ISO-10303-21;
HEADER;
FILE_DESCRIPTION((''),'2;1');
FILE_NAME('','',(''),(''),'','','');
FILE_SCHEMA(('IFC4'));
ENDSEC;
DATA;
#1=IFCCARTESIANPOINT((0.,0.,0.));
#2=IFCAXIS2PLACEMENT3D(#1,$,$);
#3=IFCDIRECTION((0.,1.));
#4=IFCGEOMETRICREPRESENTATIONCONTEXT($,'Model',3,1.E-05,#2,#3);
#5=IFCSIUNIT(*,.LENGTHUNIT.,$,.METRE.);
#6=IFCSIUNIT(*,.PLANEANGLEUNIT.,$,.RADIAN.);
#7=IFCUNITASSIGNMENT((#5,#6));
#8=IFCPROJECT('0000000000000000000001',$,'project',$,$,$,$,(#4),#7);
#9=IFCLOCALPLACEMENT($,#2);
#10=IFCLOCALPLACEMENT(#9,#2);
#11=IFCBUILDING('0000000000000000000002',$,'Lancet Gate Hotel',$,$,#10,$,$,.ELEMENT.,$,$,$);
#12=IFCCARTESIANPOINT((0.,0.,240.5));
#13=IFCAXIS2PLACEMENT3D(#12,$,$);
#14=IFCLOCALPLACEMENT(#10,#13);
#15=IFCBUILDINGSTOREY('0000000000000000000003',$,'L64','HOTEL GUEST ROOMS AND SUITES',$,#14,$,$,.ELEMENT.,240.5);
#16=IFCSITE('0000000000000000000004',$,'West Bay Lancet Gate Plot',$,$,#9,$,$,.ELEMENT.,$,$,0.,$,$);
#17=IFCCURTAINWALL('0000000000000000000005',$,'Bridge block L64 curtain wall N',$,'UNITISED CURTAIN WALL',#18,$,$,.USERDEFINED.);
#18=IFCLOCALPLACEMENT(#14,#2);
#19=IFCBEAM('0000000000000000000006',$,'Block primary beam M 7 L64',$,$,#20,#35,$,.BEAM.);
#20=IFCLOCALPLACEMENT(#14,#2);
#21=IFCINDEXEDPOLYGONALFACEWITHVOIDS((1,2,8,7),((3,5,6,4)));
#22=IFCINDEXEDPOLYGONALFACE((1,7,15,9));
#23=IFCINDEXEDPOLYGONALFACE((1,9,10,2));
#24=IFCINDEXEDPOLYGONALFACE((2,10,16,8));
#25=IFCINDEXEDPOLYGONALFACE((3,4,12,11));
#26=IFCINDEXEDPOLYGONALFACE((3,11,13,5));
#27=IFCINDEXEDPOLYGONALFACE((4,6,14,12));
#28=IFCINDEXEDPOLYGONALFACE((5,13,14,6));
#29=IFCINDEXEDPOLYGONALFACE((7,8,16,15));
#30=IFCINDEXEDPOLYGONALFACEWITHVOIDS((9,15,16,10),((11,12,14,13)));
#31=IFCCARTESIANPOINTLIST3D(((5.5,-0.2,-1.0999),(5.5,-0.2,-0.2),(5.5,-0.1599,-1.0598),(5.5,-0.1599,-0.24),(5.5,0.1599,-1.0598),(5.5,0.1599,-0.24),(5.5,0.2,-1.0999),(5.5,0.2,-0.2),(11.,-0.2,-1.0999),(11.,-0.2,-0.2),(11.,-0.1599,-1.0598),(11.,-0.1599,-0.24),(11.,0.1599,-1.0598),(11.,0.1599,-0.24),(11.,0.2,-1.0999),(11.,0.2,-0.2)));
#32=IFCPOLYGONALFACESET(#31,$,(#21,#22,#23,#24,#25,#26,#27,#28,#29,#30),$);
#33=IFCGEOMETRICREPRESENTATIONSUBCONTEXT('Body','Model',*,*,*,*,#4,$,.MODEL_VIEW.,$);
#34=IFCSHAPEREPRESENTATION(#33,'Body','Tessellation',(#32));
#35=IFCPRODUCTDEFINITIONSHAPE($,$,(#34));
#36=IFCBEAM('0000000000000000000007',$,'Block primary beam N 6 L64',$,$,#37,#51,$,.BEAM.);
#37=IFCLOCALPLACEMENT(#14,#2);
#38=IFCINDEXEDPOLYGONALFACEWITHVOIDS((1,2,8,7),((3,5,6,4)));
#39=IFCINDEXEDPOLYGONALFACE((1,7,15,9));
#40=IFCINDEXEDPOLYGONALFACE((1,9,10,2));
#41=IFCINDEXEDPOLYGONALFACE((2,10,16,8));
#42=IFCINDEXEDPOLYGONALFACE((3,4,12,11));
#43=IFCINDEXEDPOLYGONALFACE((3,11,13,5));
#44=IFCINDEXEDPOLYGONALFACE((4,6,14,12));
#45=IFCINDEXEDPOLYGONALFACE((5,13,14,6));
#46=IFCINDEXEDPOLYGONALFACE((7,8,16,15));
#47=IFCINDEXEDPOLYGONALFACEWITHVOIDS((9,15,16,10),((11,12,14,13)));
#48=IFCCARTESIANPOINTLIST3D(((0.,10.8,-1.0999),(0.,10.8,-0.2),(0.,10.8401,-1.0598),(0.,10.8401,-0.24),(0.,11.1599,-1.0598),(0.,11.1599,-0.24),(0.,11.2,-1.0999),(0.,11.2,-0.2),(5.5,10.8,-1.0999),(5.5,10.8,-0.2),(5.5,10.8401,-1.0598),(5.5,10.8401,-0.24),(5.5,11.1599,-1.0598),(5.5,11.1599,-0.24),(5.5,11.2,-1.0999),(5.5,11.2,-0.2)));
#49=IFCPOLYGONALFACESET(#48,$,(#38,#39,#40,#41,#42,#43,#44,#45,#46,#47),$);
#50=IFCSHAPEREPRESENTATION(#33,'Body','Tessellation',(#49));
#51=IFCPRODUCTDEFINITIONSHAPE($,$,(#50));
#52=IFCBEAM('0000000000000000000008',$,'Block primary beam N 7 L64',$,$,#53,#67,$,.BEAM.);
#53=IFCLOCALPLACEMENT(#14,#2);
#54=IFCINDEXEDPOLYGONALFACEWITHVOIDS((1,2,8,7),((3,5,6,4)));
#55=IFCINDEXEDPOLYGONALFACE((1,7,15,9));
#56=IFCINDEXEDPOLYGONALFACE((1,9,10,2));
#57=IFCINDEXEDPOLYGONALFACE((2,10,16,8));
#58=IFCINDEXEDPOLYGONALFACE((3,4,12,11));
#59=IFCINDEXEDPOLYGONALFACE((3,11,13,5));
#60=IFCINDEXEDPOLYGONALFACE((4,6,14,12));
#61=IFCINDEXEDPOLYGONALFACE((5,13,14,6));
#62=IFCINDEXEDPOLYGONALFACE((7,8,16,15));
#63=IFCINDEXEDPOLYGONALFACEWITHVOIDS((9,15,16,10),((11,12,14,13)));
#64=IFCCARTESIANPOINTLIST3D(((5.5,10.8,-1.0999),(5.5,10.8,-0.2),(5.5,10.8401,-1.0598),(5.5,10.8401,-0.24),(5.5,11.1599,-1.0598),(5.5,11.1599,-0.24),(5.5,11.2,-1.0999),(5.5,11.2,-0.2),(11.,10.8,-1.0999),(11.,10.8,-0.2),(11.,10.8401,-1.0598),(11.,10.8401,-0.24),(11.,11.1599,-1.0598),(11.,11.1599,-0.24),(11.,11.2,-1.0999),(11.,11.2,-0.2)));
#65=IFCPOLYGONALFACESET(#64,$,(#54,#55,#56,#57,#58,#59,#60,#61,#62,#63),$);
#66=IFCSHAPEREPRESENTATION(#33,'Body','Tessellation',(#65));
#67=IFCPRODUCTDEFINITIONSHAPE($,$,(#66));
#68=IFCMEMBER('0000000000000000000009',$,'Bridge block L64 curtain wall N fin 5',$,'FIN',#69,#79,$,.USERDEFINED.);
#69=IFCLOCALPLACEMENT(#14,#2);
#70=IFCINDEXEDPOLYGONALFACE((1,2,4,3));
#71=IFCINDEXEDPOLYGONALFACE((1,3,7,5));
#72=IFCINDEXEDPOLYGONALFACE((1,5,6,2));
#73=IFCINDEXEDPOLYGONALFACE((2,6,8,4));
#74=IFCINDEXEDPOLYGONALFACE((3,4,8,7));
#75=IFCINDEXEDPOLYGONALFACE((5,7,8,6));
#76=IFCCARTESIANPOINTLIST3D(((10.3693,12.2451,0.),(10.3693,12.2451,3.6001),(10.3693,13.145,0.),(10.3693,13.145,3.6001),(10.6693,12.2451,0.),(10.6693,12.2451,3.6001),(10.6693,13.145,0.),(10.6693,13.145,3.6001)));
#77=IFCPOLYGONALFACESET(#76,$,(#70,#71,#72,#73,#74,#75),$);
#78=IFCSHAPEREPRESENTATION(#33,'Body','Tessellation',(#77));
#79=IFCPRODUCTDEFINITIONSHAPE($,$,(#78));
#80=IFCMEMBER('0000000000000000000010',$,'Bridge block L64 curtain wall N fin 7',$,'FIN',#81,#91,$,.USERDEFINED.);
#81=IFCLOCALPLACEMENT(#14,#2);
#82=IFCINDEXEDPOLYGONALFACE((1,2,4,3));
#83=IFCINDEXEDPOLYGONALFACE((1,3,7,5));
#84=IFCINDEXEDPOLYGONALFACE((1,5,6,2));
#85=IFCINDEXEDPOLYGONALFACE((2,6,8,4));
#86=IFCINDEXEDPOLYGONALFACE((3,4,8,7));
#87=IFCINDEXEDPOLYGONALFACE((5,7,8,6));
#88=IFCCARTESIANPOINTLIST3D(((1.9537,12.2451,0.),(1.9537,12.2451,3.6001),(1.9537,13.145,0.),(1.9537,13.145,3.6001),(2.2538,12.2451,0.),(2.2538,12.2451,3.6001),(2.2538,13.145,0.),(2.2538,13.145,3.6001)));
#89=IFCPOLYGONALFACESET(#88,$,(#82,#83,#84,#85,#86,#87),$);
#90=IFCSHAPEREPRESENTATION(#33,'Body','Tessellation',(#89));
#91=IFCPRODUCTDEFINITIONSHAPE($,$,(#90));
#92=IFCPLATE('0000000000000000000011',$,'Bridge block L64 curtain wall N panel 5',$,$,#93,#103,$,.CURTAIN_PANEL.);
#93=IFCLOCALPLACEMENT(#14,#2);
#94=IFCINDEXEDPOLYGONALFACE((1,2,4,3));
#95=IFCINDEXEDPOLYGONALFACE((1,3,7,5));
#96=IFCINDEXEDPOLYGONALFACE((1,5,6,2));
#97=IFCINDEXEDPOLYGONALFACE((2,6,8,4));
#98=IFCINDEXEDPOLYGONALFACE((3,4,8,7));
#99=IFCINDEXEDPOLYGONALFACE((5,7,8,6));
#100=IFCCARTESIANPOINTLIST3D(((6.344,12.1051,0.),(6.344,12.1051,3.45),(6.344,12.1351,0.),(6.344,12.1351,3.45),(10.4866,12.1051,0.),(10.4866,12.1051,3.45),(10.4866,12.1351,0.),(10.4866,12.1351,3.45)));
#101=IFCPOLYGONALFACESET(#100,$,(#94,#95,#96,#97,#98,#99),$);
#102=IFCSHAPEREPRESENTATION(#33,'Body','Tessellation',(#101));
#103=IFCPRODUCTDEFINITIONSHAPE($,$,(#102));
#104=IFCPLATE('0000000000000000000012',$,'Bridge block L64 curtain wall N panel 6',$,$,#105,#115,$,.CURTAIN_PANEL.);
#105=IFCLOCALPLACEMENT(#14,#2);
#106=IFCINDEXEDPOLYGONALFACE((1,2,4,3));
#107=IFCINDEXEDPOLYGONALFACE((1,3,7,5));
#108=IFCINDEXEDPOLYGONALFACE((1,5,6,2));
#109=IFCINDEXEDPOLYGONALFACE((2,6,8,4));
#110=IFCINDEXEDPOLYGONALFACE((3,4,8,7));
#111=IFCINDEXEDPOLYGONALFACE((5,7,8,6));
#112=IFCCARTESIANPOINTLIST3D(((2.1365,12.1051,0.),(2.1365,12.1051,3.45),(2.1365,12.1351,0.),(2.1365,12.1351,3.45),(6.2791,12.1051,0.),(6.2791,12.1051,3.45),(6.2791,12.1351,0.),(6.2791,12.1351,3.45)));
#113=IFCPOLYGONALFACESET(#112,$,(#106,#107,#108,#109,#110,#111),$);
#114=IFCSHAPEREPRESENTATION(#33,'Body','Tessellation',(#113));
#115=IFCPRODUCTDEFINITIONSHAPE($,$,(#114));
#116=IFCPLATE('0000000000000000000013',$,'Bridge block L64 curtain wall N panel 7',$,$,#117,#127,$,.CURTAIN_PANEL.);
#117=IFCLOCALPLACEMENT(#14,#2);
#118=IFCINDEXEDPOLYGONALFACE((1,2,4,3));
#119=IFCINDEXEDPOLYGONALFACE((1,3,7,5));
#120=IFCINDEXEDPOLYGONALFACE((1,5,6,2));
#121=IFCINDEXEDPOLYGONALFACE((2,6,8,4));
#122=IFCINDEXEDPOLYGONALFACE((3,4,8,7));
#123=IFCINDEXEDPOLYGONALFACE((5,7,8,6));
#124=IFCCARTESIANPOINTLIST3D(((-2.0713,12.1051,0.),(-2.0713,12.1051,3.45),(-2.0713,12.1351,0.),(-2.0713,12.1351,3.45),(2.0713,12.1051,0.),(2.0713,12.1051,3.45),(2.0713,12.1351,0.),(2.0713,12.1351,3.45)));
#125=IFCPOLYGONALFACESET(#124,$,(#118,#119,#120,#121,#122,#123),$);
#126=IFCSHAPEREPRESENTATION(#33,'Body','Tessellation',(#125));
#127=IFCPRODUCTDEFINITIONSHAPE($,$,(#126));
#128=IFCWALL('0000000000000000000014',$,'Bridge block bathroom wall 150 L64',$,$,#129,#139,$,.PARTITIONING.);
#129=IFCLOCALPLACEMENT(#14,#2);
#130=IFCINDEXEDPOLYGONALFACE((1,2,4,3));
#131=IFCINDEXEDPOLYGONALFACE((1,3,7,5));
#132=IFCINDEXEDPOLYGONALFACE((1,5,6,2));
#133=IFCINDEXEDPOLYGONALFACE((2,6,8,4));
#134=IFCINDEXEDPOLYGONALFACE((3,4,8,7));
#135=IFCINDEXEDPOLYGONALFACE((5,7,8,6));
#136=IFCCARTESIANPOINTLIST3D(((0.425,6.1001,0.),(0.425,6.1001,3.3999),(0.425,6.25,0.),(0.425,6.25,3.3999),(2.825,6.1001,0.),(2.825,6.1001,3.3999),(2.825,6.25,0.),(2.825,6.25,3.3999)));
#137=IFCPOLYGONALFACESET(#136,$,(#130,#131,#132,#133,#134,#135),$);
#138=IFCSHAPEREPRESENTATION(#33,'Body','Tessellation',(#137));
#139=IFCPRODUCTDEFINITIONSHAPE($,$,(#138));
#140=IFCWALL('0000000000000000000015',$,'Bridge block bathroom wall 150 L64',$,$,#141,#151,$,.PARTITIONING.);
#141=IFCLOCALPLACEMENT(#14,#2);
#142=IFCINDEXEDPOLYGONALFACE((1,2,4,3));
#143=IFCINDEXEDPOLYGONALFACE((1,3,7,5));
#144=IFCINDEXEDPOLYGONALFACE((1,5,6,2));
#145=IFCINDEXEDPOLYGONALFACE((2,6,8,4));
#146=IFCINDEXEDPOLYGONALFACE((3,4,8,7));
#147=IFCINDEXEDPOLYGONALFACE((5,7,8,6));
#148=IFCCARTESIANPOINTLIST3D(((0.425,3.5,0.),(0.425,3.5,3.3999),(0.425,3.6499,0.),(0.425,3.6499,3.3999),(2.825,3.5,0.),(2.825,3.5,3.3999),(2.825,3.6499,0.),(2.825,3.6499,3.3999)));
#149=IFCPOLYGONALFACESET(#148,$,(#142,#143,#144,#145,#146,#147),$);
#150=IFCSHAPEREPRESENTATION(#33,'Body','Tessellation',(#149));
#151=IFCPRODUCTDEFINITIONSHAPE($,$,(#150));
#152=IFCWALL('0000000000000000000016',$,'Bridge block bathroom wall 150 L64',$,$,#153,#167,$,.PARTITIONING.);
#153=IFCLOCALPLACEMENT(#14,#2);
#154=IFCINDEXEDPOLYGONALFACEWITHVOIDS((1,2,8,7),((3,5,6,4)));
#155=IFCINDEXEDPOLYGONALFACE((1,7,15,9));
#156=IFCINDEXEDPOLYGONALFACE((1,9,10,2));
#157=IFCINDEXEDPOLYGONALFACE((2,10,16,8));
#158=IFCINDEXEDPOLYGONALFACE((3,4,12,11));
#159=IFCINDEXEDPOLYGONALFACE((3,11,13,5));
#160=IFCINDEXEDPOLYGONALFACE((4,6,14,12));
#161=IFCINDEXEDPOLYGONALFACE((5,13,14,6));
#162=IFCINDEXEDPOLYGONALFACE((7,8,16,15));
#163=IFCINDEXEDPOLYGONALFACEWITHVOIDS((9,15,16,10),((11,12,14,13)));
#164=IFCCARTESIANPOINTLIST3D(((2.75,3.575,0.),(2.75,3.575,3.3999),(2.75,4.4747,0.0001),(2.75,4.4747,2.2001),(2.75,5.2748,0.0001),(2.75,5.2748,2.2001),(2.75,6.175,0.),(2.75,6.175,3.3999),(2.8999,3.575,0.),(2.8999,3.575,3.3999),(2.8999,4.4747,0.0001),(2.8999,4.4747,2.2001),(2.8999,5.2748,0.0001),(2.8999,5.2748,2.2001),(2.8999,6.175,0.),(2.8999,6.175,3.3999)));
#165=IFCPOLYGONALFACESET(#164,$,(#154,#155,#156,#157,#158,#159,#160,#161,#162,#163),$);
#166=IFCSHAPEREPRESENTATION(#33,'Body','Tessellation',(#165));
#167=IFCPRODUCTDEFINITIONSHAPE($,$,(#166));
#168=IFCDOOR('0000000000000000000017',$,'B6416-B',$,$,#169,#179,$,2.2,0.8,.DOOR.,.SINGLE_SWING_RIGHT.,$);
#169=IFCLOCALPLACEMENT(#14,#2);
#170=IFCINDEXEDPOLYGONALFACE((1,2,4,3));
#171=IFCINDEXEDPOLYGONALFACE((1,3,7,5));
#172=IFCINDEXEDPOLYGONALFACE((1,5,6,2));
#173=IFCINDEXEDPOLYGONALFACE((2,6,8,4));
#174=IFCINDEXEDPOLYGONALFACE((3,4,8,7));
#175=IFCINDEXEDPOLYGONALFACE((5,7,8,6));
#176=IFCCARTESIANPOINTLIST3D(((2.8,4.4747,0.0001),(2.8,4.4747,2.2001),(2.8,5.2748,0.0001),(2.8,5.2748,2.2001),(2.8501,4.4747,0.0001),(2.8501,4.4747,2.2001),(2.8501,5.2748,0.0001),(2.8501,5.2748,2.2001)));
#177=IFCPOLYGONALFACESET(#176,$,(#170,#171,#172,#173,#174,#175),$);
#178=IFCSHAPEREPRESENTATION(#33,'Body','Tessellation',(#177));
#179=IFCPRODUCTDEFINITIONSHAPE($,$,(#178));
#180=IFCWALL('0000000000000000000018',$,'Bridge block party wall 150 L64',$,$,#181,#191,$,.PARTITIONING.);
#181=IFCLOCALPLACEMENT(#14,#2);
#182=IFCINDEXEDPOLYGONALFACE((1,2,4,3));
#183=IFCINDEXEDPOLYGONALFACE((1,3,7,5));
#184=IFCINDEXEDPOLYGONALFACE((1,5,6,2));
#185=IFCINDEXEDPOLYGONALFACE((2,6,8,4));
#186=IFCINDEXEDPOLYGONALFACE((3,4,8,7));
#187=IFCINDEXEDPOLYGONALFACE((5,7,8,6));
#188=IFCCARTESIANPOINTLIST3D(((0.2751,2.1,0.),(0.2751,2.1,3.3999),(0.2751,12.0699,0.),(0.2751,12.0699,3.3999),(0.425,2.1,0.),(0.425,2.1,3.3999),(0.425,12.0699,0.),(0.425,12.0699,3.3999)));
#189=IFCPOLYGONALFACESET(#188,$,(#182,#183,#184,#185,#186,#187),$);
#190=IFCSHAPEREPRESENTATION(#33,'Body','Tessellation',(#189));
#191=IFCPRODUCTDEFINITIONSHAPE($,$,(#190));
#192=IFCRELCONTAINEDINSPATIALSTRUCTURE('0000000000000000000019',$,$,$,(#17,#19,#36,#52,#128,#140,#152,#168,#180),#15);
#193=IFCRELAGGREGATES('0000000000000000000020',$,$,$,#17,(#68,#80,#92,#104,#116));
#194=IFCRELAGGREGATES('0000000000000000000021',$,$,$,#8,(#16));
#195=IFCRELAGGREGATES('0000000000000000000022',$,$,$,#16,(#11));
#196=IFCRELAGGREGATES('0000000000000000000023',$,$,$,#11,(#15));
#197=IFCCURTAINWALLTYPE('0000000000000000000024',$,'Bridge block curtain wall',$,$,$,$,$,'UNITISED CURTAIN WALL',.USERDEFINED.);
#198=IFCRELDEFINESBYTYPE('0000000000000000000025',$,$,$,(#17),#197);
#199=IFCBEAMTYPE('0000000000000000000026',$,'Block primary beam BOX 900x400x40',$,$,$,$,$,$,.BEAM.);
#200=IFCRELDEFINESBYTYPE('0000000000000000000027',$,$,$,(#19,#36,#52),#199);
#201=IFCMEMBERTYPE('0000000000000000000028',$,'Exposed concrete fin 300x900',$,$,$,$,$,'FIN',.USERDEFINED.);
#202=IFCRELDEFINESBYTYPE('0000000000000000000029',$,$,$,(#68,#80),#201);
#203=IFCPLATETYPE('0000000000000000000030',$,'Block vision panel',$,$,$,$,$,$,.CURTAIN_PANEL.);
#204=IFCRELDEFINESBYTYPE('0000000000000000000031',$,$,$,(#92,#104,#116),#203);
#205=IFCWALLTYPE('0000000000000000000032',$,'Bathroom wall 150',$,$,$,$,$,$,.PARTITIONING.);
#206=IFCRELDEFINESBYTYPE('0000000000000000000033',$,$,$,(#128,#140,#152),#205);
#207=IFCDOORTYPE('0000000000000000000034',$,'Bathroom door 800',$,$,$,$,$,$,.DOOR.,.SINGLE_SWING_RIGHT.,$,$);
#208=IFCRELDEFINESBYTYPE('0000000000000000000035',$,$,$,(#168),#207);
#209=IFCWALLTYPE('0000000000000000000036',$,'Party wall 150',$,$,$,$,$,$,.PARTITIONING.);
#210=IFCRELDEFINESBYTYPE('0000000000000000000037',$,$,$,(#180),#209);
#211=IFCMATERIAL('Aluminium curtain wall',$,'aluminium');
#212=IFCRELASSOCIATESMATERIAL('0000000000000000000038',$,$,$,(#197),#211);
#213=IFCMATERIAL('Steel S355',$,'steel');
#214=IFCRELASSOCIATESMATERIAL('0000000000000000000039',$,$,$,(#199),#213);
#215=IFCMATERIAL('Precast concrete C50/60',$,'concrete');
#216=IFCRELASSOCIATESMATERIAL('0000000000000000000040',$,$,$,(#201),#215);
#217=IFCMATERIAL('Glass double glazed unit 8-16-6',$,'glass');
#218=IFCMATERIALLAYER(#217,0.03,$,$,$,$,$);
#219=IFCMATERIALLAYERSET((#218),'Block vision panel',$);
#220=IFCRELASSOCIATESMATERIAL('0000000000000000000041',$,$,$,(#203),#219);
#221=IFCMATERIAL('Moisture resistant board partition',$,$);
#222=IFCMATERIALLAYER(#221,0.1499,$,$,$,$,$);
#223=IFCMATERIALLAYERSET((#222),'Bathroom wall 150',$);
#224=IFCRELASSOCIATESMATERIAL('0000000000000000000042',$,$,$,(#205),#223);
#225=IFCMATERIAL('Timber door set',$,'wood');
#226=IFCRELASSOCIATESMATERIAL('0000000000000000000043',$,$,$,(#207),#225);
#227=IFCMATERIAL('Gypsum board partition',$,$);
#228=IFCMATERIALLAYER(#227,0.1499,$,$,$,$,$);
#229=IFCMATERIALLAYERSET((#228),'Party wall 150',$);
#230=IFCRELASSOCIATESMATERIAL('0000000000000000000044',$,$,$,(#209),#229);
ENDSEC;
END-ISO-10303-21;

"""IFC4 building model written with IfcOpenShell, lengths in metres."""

from ifc_helpers import new_model, si_unit, direction, frame, frame_2d, origin, origin_2d, place, context, subcontext, project, spatial, rectangle, hollow_rectangle, extrude, material, layer, layer_set, material_profile, profile_set, type_object, element, fill, aggregate, save


model = new_model("IFC4")

# Units and contexts
model_context = context("Model", 3, precision=1e-05, world=origin(), true_north=direction((0.0, 1.0)))
body_context = subcontext(model_context, "Body", "Model", "MODEL_VIEW")
ifc_project = project(units=[si_unit("LENGTHUNIT", "METRE"), si_unit("PLANEANGLEUNIT", "RADIAN")], contexts=[model_context])

# Site, building, storey
site_placement = place(None, origin())
site = spatial("IfcSite", under=ifc_project, at=site_placement, Name="West Bay Lancet Gate Plot", CompositionType="ELEMENT", RefElevation=0.0)
building_placement = place(site_placement, origin())
building = spatial("IfcBuilding", under=site, at=building_placement, Name="Lancet Gate Hotel", CompositionType="ELEMENT")
storey_placement = place(building_placement, frame((0.0, 0.0, 240.5)))
storey = spatial("IfcBuildingStorey", under=building, at=storey_placement, Name="L64", Description="HOTEL GUEST ROOMS AND SUITES", CompositionType="ELEMENT", Elevation=240.5)

# Curtain wall
ifc_material_1 = material(Name="Aluminium curtain wall", Category="aluminium")
curtain_wall_type = type_object("IfcCurtainWallType", Name="Bridge block curtain wall", ElementType="UNITISED CURTAIN WALL", PredefinedType="USERDEFINED", material=ifc_material_1)
curtain_wall_placement = place(storey_placement, origin())
curtain_wall = element("IfcCurtainWall", 1, at=curtain_wall_placement, inside=storey, type_object=curtain_wall_type, Name="Bridge block L64 curtain wall N", ObjectType="UNITISED CURTAIN WALL", PredefinedType="USERDEFINED")

# Beams
ifc_material_2 = material(Name="Steel S355", Category="steel")
ifc_material_profile_1 = material_profile(ifc_material_2, hollow_rectangle(XDim=0.3999, YDim=0.8999, WallThickness=0.04, at=origin_2d()), Name="BOX 900x400x40")
ifc_profile_set_1 = profile_set([ifc_material_profile_1], Name="Steel S355")
beam_type_1 = type_object("IfcBeamType", Name="Block primary beam BOX 900x400x40", PredefinedType="BEAM", material=ifc_profile_set_1)
for number, where, z_axis, x_axis, name in (
    (2, (5.5, 0.0, -0.6499), (1.0, 0.0, 0.0), (0.0, 1.0, 0.0), "Block primary beam M 7 L64"),
    (3, (0.0, 11.0, -0.6499), (1.0, 0.0, 0.0), (0.0, 1.0, 0.0), "Block primary beam N 6 L64"),
    (4, (5.5, 11.0, -0.6499), (1.0, 0.0, 0.0), (0.0, 1.0, 0.0), "Block primary beam N 7 L64"),
):
    element("IfcBeam", number, at=place(storey_placement, frame(where, z_axis=z_axis, x_axis=x_axis)), inside=storey, type_object=beam_type_1, Name=name, PredefinedType="BEAM", context=body_context, shape_type="SweptSolid", body=[
        extrude(hollow_rectangle(XDim=0.3999, YDim=0.8999, WallThickness=0.04, at=origin_2d()), origin(), (0.0, 0.0, 1.0), 5.5),
    ])

# Members
ifc_material_3 = material(Name="Precast concrete C50/60", Category="concrete")
ifc_material_profile_2 = material_profile(ifc_material_3, rectangle(XDim=0.3, YDim=0.8999, at=origin_2d()), Name="FIN 300x900")
ifc_profile_set_2 = profile_set([ifc_material_profile_2], Name="Precast concrete C50/60")
member_type_1 = type_object("IfcMemberType", Name="Exposed concrete fin 300x900", ElementType="FIN", PredefinedType="USERDEFINED", material=ifc_profile_set_2)
member_1_placement = place(storey_placement, frame((10.5193, 12.6951, 0.0), z_axis=(0.0, 0.0, 1.0), x_axis=(-1.0, 0.0, 0.0)))
member_1 = element("IfcMember", 5, at=member_1_placement, type_object=member_type_1, Name="Bridge block L64 curtain wall N fin 5", ObjectType="FIN", PredefinedType="USERDEFINED", context=body_context, shape_type="SweptSolid", body=[
    extrude(rectangle(XDim=0.3, YDim=0.8999, at=origin_2d()), origin(), (0.0, 0.0, 1.0), 3.6001),
])
member_2_placement = place(storey_placement, frame((2.1038, 12.6951, 0.0), z_axis=(0.0, 0.0, 1.0), x_axis=(-1.0, 0.0, 0.0)))
member_2 = element("IfcMember", 6, at=member_2_placement, type_object=member_type_1, Name="Bridge block L64 curtain wall N fin 7", ObjectType="FIN", PredefinedType="USERDEFINED", context=body_context, shape_type="SweptSolid", body=[
    extrude(rectangle(XDim=0.3, YDim=0.8999, at=origin_2d()), origin(), (0.0, 0.0, 1.0), 3.6001),
])

# Plates
ifc_material_4 = material(Name="Glass double glazed unit 8-16-6", Category="glass")
ifc_layer_1 = layer(ifc_material_4, 0.03)
ifc_layer_set_1 = layer_set([ifc_layer_1], Name="Block vision panel")
plate_type = type_object("IfcPlateType", Name="Block vision panel", PredefinedType="CURTAIN_PANEL", material=ifc_layer_set_1)
plate_1_placement = place(storey_placement, frame((8.4153, 12.1201, 0.0), z_axis=(0.0, 0.0, 1.0), x_axis=(-1.0, 0.0, 0.0)))
plate_1 = element("IfcPlate", 7, at=plate_1_placement, type_object=plate_type, Name="Bridge block L64 curtain wall N panel 5", PredefinedType="CURTAIN_PANEL", context=body_context, shape_type="SweptSolid", body=[
    extrude(rectangle(XDim=4.1426, YDim=0.03, at=origin_2d()), origin(), (0.0, 0.0, 1.0), 3.45),
])
plate_2_placement = place(storey_placement, frame((4.2078, 12.1201, 0.0), z_axis=(0.0, 0.0, 1.0), x_axis=(-1.0, 0.0, 0.0)))
plate_2 = element("IfcPlate", 8, at=plate_2_placement, type_object=plate_type, Name="Bridge block L64 curtain wall N panel 6", PredefinedType="CURTAIN_PANEL", context=body_context, shape_type="SweptSolid", body=[
    extrude(rectangle(XDim=4.1426, YDim=0.03, at=origin_2d()), origin(), (0.0, 0.0, 1.0), 3.45),
])
plate_3_placement = place(storey_placement, frame((0.0, 12.1201, 0.0), z_axis=(0.0, 0.0, 1.0), x_axis=(-1.0, 0.0, 0.0)))
plate_3 = element("IfcPlate", 9, at=plate_3_placement, type_object=plate_type, Name="Bridge block L64 curtain wall N panel 7", PredefinedType="CURTAIN_PANEL", context=body_context, shape_type="SweptSolid", body=[
    extrude(rectangle(XDim=4.1426, YDim=0.03, at=origin_2d()), origin(), (0.0, 0.0, 1.0), 3.45),
])
aggregate(curtain_wall, [member_1, member_2, plate_1, plate_2, plate_3])

# Walls
ifc_material_5 = material(Name="Moisture resistant board partition")
ifc_layer_2 = layer(ifc_material_5, 0.1499)
ifc_layer_set_2 = layer_set([ifc_layer_2], Name="Bathroom wall 150")
wall_type_1 = type_object("IfcWallType", Name="Bathroom wall 150", PredefinedType="PARTITIONING", material=ifc_layer_set_2)
for number, where, z_axis, x_axis, name in (
    (10, (0.425, 6.175, 0.0), (0.0, 0.0, 1.0), (1.0, 0.0, 0.0), "Bridge block bathroom wall 150 L64"),
    (11, (0.425, 3.575, 0.0), (0.0, 0.0, 1.0), (1.0, 0.0, 0.0), "Bridge block bathroom wall 150 L64"),
):
    element("IfcWall", number, at=place(storey_placement, frame(where, z_axis=z_axis, x_axis=x_axis)), inside=storey, type_object=wall_type_1, Name=name, PredefinedType="PARTITIONING", context=body_context, shape_type="SweptSolid", body=[
        extrude(rectangle(XDim=2.3999, YDim=0.1499, at=frame_2d((1.2, 0.0))), origin(), (0.0, 0.0, 1.0), 3.3999),
    ])

# Wall, opening, door
wall_1_placement = place(storey_placement, frame((2.825, 3.575, 0.0), z_axis=(0.0, 0.0, 1.0), x_axis=(0.0, 1.0, 0.0)))
wall_1 = element("IfcWall", 12, at=wall_1_placement, inside=storey, type_object=wall_type_1, Name="Bridge block bathroom wall 150 L64", PredefinedType="PARTITIONING", context=body_context, shape_type="SweptSolid", body=[
    extrude(rectangle(XDim=2.6001, YDim=0.1499, at=frame_2d((1.3, 0.0))), origin(), (0.0, 0.0, 1.0), 3.3999),
])
opening_placement = place(wall_1_placement, frame((0.8999, 0.0, 0.0)))
opening = element("IfcOpeningElement", 13, at=opening_placement, cuts=wall_1, PredefinedType="OPENING", context=body_context, shape_type="SweptSolid", body=[
    extrude(rectangle(XDim=0.8, YDim=2.2, at=frame_2d((0.3999, 1.1001))), frame((0.0, 0.085, 0.0), z_axis=(0.0, -1.0, 0.0), x_axis=(1.0, 0.0, 0.0)), (0.0, 0.0, 1.0), 0.1699),
])
ifc_material_6 = material(Name="Timber door set", Category="wood")
door_type = type_object("IfcDoorType", Name="Bathroom door 800", OperationType="SINGLE_SWING_RIGHT", PredefinedType="DOOR", material=ifc_material_6)
door_placement = place(opening_placement, origin())
door = element("IfcDoor", 14, at=door_placement, inside=storey, type_object=door_type, Name="B6416-B", OperationType="SINGLE_SWING_RIGHT", OverallHeight=2.2, OverallWidth=0.8, PredefinedType="DOOR", context=body_context, shape_type="SweptSolid", body=[
    extrude(rectangle(XDim=0.8, YDim=2.2, at=frame_2d((0.3999, 1.1001))), frame((0.0, 0.0249, 0.0), z_axis=(0.0, -1.0, 0.0), x_axis=(1.0, 0.0, 0.0)), (0.0, 0.0, 1.0), 0.05),
])
fill(opening, door)

# Wall
ifc_material_7 = material(Name="Gypsum board partition")
ifc_layer_3 = layer(ifc_material_7, 0.1499)
ifc_layer_set_3 = layer_set([ifc_layer_3], Name="Party wall 150")
wall_type_2 = type_object("IfcWallType", Name="Party wall 150", PredefinedType="PARTITIONING", material=ifc_layer_set_3)
wall_2_placement = place(storey_placement, frame((0.3501, 2.1001, 0.0), z_axis=(0.0, 0.0, 1.0), x_axis=(0.0, 1.0, 0.0)))
element("IfcWall", 15, at=wall_2_placement, inside=storey, type_object=wall_type_2, Name="Bridge block party wall 150 L64", PredefinedType="PARTITIONING", context=body_context, shape_type="SweptSolid", body=[
    extrude(rectangle(XDim=9.97, YDim=0.1499, at=frame_2d((4.9849, 0.0))), origin(), (0.0, 0.0, 1.0), 3.3999),
])

save(model, "model.ifc")
